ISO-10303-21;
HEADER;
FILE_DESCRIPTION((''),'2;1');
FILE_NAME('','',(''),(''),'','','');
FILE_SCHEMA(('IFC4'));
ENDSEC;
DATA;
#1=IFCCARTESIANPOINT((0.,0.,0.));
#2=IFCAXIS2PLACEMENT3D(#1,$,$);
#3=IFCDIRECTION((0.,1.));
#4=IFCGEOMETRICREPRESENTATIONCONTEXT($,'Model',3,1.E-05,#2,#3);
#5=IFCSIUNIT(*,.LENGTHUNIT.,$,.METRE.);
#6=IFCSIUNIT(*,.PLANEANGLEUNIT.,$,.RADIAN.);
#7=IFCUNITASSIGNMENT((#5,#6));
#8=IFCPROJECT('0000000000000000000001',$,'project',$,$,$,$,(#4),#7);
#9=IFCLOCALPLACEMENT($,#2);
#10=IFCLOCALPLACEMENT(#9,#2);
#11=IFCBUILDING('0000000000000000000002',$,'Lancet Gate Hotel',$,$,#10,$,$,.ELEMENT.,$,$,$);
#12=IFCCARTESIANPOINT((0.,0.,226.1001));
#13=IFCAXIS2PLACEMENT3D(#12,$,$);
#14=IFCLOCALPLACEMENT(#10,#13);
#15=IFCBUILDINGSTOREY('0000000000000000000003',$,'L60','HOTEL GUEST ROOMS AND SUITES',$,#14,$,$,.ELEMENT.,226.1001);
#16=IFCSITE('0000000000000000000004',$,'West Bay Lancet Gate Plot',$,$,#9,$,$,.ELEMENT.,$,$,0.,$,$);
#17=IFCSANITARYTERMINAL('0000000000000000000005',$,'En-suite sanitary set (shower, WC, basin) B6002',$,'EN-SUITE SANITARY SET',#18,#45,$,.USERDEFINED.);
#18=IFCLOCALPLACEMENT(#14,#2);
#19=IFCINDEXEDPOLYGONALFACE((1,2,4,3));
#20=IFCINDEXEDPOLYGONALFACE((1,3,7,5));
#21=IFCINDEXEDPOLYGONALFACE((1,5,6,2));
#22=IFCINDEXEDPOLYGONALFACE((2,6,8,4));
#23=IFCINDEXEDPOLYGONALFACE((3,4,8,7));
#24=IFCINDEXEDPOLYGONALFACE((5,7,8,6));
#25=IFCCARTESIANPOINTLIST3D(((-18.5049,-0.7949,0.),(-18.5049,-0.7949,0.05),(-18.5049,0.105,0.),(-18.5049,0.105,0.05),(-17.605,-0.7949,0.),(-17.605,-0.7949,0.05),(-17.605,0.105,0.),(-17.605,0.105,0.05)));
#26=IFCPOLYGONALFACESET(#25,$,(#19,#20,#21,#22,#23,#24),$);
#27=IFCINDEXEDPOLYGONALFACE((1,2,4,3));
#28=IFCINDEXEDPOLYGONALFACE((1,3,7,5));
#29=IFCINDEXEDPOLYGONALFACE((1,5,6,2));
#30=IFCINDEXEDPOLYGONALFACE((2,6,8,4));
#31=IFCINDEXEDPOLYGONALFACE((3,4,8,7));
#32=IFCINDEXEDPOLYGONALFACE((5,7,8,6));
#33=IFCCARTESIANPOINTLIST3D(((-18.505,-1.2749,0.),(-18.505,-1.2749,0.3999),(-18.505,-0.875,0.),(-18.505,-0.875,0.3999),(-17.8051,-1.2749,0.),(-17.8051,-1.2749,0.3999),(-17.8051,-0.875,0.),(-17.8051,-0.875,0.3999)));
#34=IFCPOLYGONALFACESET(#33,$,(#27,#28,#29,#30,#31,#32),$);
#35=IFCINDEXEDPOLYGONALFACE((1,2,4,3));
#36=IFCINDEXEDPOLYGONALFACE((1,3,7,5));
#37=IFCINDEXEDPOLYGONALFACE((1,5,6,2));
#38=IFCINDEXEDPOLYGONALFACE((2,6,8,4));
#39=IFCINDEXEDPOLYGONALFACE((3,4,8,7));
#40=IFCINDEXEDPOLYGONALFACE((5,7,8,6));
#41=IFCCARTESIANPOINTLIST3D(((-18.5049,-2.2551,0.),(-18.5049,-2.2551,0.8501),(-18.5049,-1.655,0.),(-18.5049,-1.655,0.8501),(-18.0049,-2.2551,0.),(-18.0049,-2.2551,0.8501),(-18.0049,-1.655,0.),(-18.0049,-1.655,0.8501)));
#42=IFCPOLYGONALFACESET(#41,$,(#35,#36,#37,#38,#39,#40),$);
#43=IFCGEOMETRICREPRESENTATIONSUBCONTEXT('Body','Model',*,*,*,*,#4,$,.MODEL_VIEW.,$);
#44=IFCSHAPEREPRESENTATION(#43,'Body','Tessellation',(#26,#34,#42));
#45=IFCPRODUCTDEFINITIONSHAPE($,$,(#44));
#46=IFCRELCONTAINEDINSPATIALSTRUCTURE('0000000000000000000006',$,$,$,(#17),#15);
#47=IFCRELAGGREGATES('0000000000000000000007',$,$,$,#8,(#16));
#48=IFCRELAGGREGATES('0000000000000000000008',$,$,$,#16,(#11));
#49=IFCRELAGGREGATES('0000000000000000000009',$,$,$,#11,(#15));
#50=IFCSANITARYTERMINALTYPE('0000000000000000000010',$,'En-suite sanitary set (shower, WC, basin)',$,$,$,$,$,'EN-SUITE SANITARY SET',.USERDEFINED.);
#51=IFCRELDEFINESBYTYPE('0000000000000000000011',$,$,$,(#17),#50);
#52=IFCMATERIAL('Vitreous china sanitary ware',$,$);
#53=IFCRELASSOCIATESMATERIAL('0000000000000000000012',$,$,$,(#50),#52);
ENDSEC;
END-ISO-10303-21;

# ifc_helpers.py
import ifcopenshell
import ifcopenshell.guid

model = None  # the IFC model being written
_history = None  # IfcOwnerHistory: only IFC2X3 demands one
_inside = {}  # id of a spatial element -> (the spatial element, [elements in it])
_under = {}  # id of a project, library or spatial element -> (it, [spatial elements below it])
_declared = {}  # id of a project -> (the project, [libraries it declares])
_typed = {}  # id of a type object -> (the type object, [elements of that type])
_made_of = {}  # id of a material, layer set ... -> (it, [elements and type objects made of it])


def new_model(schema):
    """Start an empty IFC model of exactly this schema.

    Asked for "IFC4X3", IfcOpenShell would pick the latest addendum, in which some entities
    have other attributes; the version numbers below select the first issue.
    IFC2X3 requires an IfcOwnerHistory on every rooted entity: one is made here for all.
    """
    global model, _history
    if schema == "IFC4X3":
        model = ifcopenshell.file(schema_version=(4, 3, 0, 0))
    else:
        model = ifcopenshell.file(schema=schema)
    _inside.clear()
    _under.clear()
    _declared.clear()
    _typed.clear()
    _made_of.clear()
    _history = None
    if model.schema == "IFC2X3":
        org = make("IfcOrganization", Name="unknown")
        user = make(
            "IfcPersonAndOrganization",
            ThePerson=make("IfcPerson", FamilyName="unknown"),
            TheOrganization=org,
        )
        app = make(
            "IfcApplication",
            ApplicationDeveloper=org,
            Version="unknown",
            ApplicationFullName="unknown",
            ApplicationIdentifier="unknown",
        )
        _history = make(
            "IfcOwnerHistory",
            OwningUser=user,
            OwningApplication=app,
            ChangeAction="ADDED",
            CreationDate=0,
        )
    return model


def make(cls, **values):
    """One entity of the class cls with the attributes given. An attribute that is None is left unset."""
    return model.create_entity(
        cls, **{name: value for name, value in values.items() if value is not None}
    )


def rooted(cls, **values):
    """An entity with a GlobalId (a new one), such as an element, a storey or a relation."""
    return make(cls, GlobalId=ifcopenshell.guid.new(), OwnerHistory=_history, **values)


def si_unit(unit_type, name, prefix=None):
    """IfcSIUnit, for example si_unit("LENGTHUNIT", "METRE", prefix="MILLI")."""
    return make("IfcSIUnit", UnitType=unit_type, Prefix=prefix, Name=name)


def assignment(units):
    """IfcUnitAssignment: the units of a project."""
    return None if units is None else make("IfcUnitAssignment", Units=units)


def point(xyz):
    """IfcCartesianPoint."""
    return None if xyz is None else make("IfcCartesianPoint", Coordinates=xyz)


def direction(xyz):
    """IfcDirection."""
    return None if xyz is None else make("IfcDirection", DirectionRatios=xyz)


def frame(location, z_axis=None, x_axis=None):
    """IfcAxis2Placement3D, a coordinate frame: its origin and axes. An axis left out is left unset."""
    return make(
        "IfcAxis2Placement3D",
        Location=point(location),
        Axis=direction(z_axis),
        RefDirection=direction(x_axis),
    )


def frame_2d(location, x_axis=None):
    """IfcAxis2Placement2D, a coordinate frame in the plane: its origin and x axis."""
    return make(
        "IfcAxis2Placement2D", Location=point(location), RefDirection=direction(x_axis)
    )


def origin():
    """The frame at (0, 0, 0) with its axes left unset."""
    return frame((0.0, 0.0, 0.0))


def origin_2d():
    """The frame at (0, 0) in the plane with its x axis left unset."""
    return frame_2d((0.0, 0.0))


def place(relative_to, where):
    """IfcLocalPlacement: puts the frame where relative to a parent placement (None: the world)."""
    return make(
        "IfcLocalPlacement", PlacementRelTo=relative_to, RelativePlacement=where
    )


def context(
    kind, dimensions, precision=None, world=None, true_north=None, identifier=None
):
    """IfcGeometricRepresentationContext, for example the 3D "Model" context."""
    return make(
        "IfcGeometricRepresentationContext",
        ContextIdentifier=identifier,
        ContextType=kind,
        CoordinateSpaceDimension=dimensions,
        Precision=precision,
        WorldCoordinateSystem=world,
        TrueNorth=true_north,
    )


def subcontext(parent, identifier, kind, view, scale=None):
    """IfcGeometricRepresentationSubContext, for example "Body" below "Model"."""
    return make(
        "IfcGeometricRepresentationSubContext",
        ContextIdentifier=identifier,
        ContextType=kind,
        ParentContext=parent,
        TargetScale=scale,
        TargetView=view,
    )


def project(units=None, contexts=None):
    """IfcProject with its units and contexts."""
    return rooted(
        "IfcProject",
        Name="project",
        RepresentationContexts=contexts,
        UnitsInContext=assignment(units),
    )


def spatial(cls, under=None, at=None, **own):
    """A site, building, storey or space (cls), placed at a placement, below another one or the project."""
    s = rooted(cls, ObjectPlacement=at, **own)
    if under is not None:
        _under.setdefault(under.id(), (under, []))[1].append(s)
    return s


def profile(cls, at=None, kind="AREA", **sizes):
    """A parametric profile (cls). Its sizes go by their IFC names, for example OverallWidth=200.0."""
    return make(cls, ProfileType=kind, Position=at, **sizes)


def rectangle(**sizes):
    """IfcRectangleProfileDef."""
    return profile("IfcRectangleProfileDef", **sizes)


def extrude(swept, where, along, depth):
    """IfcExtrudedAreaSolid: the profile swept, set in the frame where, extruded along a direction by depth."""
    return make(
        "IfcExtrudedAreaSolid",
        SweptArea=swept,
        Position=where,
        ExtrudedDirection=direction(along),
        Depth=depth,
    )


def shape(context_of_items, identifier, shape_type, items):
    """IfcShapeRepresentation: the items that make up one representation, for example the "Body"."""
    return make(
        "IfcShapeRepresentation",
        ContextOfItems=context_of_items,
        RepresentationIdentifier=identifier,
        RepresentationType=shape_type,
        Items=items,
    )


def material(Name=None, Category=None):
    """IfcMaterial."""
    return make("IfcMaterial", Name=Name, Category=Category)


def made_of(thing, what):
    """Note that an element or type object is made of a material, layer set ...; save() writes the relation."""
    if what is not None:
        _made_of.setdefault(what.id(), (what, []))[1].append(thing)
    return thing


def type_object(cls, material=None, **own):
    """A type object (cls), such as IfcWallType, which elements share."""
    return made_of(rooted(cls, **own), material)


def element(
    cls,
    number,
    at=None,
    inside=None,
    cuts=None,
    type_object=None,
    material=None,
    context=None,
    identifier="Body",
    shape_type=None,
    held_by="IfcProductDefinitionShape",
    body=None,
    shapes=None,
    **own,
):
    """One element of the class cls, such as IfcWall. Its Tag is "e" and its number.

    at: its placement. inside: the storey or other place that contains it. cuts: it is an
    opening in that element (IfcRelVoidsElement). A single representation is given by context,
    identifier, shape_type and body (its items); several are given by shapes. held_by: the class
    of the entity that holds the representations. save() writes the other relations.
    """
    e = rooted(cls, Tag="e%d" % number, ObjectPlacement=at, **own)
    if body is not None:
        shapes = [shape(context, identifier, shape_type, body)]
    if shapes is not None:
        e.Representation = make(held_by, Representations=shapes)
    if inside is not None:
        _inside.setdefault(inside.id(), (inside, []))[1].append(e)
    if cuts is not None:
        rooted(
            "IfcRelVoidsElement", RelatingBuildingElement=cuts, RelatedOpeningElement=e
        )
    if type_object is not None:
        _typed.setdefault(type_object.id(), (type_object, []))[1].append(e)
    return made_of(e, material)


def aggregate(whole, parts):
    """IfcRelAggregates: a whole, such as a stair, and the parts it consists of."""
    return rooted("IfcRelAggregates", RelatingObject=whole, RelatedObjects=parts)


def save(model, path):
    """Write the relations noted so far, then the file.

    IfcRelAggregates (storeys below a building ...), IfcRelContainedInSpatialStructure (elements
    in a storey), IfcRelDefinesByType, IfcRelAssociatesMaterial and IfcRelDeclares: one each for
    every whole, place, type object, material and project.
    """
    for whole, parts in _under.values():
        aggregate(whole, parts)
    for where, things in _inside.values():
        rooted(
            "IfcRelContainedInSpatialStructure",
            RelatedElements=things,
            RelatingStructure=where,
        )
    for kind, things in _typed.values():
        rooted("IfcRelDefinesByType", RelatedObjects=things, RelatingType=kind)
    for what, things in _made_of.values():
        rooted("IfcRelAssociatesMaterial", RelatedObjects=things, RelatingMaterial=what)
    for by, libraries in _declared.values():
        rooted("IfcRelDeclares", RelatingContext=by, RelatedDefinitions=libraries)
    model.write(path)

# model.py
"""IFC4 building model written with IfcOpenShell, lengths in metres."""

from ifc_helpers import new_model, si_unit, direction, frame, origin, origin_2d, place, context, subcontext, project, spatial, rectangle, extrude, material, type_object, element, save


model = new_model("IFC4")

# Units and contexts
model_context = context("Model", 3, precision=1e-05, world=origin(), true_north=direction((0.0, 1.0)))
body_context = subcontext(model_context, "Body", "Model", "MODEL_VIEW")
ifc_project = project(units=[si_unit("LENGTHUNIT", "METRE"), si_unit("PLANEANGLEUNIT", "RADIAN")], contexts=[model_context])

# Site, building, storey
site_placement = place(None, origin())
site = spatial("IfcSite", under=ifc_project, at=site_placement, Name="West Bay Lancet Gate Plot", CompositionType="ELEMENT", RefElevation=0.0)
building_placement = place(site_placement, origin())
building = spatial("IfcBuilding", under=site, at=building_placement, Name="Lancet Gate Hotel", CompositionType="ELEMENT")
storey_placement = place(building_placement, frame((0.0, 0.0, 226.1001)))
storey = spatial("IfcBuildingStorey", under=building, at=storey_placement, Name="L60", Description="HOTEL GUEST ROOMS AND SUITES", CompositionType="ELEMENT", Elevation=226.1001)

# Sanitary terminal
ifc_material_1 = material(Name="Vitreous china sanitary ware")
sanitary_terminal_type = type_object("IfcSanitaryTerminalType", Name="En-suite sanitary set (shower, WC, basin)", ElementType="EN-SUITE SANITARY SET", PredefinedType="USERDEFINED", material=ifc_material_1)
sanitary_terminal_placement = place(storey_placement, frame((-18.0549, -0.345, 0.0), z_axis=(0.0, 0.0, 1.0), x_axis=(1.0, 0.0, 0.0)))
element("IfcSanitaryTerminal", 1, at=sanitary_terminal_placement, inside=storey, type_object=sanitary_terminal_type, Name="En-suite sanitary set (shower, WC, basin) B6002", ObjectType="EN-SUITE SANITARY SET", PredefinedType="USERDEFINED", context=body_context, shape_type="SweptSolid", body=[
    extrude(rectangle(XDim=0.8999, YDim=0.8999, at=origin_2d()), frame((0.0, 0.0, 0.0), z_axis=(0.0, 0.0, 1.0), x_axis=(0.0, 1.0, 0.0)), (0.0, 0.0, 1.0), 0.05),
    extrude(rectangle(XDim=0.3999, YDim=0.7, at=origin_2d()), frame((-0.1001, -0.73, 0.0), z_axis=(0.0, 0.0, 1.0), x_axis=(0.0, 1.0, 0.0)), (0.0, 0.0, 1.0), 0.3999),
    extrude(rectangle(XDim=0.6001, YDim=0.5, at=origin_2d()), frame((-0.2, -1.6101, 0.0), z_axis=(0.0, 0.0, 1.0), x_axis=(0.0, 1.0, 0.0)), (0.0, 0.0, 1.0), 0.8501),
])

save(model, "model.ifc")
